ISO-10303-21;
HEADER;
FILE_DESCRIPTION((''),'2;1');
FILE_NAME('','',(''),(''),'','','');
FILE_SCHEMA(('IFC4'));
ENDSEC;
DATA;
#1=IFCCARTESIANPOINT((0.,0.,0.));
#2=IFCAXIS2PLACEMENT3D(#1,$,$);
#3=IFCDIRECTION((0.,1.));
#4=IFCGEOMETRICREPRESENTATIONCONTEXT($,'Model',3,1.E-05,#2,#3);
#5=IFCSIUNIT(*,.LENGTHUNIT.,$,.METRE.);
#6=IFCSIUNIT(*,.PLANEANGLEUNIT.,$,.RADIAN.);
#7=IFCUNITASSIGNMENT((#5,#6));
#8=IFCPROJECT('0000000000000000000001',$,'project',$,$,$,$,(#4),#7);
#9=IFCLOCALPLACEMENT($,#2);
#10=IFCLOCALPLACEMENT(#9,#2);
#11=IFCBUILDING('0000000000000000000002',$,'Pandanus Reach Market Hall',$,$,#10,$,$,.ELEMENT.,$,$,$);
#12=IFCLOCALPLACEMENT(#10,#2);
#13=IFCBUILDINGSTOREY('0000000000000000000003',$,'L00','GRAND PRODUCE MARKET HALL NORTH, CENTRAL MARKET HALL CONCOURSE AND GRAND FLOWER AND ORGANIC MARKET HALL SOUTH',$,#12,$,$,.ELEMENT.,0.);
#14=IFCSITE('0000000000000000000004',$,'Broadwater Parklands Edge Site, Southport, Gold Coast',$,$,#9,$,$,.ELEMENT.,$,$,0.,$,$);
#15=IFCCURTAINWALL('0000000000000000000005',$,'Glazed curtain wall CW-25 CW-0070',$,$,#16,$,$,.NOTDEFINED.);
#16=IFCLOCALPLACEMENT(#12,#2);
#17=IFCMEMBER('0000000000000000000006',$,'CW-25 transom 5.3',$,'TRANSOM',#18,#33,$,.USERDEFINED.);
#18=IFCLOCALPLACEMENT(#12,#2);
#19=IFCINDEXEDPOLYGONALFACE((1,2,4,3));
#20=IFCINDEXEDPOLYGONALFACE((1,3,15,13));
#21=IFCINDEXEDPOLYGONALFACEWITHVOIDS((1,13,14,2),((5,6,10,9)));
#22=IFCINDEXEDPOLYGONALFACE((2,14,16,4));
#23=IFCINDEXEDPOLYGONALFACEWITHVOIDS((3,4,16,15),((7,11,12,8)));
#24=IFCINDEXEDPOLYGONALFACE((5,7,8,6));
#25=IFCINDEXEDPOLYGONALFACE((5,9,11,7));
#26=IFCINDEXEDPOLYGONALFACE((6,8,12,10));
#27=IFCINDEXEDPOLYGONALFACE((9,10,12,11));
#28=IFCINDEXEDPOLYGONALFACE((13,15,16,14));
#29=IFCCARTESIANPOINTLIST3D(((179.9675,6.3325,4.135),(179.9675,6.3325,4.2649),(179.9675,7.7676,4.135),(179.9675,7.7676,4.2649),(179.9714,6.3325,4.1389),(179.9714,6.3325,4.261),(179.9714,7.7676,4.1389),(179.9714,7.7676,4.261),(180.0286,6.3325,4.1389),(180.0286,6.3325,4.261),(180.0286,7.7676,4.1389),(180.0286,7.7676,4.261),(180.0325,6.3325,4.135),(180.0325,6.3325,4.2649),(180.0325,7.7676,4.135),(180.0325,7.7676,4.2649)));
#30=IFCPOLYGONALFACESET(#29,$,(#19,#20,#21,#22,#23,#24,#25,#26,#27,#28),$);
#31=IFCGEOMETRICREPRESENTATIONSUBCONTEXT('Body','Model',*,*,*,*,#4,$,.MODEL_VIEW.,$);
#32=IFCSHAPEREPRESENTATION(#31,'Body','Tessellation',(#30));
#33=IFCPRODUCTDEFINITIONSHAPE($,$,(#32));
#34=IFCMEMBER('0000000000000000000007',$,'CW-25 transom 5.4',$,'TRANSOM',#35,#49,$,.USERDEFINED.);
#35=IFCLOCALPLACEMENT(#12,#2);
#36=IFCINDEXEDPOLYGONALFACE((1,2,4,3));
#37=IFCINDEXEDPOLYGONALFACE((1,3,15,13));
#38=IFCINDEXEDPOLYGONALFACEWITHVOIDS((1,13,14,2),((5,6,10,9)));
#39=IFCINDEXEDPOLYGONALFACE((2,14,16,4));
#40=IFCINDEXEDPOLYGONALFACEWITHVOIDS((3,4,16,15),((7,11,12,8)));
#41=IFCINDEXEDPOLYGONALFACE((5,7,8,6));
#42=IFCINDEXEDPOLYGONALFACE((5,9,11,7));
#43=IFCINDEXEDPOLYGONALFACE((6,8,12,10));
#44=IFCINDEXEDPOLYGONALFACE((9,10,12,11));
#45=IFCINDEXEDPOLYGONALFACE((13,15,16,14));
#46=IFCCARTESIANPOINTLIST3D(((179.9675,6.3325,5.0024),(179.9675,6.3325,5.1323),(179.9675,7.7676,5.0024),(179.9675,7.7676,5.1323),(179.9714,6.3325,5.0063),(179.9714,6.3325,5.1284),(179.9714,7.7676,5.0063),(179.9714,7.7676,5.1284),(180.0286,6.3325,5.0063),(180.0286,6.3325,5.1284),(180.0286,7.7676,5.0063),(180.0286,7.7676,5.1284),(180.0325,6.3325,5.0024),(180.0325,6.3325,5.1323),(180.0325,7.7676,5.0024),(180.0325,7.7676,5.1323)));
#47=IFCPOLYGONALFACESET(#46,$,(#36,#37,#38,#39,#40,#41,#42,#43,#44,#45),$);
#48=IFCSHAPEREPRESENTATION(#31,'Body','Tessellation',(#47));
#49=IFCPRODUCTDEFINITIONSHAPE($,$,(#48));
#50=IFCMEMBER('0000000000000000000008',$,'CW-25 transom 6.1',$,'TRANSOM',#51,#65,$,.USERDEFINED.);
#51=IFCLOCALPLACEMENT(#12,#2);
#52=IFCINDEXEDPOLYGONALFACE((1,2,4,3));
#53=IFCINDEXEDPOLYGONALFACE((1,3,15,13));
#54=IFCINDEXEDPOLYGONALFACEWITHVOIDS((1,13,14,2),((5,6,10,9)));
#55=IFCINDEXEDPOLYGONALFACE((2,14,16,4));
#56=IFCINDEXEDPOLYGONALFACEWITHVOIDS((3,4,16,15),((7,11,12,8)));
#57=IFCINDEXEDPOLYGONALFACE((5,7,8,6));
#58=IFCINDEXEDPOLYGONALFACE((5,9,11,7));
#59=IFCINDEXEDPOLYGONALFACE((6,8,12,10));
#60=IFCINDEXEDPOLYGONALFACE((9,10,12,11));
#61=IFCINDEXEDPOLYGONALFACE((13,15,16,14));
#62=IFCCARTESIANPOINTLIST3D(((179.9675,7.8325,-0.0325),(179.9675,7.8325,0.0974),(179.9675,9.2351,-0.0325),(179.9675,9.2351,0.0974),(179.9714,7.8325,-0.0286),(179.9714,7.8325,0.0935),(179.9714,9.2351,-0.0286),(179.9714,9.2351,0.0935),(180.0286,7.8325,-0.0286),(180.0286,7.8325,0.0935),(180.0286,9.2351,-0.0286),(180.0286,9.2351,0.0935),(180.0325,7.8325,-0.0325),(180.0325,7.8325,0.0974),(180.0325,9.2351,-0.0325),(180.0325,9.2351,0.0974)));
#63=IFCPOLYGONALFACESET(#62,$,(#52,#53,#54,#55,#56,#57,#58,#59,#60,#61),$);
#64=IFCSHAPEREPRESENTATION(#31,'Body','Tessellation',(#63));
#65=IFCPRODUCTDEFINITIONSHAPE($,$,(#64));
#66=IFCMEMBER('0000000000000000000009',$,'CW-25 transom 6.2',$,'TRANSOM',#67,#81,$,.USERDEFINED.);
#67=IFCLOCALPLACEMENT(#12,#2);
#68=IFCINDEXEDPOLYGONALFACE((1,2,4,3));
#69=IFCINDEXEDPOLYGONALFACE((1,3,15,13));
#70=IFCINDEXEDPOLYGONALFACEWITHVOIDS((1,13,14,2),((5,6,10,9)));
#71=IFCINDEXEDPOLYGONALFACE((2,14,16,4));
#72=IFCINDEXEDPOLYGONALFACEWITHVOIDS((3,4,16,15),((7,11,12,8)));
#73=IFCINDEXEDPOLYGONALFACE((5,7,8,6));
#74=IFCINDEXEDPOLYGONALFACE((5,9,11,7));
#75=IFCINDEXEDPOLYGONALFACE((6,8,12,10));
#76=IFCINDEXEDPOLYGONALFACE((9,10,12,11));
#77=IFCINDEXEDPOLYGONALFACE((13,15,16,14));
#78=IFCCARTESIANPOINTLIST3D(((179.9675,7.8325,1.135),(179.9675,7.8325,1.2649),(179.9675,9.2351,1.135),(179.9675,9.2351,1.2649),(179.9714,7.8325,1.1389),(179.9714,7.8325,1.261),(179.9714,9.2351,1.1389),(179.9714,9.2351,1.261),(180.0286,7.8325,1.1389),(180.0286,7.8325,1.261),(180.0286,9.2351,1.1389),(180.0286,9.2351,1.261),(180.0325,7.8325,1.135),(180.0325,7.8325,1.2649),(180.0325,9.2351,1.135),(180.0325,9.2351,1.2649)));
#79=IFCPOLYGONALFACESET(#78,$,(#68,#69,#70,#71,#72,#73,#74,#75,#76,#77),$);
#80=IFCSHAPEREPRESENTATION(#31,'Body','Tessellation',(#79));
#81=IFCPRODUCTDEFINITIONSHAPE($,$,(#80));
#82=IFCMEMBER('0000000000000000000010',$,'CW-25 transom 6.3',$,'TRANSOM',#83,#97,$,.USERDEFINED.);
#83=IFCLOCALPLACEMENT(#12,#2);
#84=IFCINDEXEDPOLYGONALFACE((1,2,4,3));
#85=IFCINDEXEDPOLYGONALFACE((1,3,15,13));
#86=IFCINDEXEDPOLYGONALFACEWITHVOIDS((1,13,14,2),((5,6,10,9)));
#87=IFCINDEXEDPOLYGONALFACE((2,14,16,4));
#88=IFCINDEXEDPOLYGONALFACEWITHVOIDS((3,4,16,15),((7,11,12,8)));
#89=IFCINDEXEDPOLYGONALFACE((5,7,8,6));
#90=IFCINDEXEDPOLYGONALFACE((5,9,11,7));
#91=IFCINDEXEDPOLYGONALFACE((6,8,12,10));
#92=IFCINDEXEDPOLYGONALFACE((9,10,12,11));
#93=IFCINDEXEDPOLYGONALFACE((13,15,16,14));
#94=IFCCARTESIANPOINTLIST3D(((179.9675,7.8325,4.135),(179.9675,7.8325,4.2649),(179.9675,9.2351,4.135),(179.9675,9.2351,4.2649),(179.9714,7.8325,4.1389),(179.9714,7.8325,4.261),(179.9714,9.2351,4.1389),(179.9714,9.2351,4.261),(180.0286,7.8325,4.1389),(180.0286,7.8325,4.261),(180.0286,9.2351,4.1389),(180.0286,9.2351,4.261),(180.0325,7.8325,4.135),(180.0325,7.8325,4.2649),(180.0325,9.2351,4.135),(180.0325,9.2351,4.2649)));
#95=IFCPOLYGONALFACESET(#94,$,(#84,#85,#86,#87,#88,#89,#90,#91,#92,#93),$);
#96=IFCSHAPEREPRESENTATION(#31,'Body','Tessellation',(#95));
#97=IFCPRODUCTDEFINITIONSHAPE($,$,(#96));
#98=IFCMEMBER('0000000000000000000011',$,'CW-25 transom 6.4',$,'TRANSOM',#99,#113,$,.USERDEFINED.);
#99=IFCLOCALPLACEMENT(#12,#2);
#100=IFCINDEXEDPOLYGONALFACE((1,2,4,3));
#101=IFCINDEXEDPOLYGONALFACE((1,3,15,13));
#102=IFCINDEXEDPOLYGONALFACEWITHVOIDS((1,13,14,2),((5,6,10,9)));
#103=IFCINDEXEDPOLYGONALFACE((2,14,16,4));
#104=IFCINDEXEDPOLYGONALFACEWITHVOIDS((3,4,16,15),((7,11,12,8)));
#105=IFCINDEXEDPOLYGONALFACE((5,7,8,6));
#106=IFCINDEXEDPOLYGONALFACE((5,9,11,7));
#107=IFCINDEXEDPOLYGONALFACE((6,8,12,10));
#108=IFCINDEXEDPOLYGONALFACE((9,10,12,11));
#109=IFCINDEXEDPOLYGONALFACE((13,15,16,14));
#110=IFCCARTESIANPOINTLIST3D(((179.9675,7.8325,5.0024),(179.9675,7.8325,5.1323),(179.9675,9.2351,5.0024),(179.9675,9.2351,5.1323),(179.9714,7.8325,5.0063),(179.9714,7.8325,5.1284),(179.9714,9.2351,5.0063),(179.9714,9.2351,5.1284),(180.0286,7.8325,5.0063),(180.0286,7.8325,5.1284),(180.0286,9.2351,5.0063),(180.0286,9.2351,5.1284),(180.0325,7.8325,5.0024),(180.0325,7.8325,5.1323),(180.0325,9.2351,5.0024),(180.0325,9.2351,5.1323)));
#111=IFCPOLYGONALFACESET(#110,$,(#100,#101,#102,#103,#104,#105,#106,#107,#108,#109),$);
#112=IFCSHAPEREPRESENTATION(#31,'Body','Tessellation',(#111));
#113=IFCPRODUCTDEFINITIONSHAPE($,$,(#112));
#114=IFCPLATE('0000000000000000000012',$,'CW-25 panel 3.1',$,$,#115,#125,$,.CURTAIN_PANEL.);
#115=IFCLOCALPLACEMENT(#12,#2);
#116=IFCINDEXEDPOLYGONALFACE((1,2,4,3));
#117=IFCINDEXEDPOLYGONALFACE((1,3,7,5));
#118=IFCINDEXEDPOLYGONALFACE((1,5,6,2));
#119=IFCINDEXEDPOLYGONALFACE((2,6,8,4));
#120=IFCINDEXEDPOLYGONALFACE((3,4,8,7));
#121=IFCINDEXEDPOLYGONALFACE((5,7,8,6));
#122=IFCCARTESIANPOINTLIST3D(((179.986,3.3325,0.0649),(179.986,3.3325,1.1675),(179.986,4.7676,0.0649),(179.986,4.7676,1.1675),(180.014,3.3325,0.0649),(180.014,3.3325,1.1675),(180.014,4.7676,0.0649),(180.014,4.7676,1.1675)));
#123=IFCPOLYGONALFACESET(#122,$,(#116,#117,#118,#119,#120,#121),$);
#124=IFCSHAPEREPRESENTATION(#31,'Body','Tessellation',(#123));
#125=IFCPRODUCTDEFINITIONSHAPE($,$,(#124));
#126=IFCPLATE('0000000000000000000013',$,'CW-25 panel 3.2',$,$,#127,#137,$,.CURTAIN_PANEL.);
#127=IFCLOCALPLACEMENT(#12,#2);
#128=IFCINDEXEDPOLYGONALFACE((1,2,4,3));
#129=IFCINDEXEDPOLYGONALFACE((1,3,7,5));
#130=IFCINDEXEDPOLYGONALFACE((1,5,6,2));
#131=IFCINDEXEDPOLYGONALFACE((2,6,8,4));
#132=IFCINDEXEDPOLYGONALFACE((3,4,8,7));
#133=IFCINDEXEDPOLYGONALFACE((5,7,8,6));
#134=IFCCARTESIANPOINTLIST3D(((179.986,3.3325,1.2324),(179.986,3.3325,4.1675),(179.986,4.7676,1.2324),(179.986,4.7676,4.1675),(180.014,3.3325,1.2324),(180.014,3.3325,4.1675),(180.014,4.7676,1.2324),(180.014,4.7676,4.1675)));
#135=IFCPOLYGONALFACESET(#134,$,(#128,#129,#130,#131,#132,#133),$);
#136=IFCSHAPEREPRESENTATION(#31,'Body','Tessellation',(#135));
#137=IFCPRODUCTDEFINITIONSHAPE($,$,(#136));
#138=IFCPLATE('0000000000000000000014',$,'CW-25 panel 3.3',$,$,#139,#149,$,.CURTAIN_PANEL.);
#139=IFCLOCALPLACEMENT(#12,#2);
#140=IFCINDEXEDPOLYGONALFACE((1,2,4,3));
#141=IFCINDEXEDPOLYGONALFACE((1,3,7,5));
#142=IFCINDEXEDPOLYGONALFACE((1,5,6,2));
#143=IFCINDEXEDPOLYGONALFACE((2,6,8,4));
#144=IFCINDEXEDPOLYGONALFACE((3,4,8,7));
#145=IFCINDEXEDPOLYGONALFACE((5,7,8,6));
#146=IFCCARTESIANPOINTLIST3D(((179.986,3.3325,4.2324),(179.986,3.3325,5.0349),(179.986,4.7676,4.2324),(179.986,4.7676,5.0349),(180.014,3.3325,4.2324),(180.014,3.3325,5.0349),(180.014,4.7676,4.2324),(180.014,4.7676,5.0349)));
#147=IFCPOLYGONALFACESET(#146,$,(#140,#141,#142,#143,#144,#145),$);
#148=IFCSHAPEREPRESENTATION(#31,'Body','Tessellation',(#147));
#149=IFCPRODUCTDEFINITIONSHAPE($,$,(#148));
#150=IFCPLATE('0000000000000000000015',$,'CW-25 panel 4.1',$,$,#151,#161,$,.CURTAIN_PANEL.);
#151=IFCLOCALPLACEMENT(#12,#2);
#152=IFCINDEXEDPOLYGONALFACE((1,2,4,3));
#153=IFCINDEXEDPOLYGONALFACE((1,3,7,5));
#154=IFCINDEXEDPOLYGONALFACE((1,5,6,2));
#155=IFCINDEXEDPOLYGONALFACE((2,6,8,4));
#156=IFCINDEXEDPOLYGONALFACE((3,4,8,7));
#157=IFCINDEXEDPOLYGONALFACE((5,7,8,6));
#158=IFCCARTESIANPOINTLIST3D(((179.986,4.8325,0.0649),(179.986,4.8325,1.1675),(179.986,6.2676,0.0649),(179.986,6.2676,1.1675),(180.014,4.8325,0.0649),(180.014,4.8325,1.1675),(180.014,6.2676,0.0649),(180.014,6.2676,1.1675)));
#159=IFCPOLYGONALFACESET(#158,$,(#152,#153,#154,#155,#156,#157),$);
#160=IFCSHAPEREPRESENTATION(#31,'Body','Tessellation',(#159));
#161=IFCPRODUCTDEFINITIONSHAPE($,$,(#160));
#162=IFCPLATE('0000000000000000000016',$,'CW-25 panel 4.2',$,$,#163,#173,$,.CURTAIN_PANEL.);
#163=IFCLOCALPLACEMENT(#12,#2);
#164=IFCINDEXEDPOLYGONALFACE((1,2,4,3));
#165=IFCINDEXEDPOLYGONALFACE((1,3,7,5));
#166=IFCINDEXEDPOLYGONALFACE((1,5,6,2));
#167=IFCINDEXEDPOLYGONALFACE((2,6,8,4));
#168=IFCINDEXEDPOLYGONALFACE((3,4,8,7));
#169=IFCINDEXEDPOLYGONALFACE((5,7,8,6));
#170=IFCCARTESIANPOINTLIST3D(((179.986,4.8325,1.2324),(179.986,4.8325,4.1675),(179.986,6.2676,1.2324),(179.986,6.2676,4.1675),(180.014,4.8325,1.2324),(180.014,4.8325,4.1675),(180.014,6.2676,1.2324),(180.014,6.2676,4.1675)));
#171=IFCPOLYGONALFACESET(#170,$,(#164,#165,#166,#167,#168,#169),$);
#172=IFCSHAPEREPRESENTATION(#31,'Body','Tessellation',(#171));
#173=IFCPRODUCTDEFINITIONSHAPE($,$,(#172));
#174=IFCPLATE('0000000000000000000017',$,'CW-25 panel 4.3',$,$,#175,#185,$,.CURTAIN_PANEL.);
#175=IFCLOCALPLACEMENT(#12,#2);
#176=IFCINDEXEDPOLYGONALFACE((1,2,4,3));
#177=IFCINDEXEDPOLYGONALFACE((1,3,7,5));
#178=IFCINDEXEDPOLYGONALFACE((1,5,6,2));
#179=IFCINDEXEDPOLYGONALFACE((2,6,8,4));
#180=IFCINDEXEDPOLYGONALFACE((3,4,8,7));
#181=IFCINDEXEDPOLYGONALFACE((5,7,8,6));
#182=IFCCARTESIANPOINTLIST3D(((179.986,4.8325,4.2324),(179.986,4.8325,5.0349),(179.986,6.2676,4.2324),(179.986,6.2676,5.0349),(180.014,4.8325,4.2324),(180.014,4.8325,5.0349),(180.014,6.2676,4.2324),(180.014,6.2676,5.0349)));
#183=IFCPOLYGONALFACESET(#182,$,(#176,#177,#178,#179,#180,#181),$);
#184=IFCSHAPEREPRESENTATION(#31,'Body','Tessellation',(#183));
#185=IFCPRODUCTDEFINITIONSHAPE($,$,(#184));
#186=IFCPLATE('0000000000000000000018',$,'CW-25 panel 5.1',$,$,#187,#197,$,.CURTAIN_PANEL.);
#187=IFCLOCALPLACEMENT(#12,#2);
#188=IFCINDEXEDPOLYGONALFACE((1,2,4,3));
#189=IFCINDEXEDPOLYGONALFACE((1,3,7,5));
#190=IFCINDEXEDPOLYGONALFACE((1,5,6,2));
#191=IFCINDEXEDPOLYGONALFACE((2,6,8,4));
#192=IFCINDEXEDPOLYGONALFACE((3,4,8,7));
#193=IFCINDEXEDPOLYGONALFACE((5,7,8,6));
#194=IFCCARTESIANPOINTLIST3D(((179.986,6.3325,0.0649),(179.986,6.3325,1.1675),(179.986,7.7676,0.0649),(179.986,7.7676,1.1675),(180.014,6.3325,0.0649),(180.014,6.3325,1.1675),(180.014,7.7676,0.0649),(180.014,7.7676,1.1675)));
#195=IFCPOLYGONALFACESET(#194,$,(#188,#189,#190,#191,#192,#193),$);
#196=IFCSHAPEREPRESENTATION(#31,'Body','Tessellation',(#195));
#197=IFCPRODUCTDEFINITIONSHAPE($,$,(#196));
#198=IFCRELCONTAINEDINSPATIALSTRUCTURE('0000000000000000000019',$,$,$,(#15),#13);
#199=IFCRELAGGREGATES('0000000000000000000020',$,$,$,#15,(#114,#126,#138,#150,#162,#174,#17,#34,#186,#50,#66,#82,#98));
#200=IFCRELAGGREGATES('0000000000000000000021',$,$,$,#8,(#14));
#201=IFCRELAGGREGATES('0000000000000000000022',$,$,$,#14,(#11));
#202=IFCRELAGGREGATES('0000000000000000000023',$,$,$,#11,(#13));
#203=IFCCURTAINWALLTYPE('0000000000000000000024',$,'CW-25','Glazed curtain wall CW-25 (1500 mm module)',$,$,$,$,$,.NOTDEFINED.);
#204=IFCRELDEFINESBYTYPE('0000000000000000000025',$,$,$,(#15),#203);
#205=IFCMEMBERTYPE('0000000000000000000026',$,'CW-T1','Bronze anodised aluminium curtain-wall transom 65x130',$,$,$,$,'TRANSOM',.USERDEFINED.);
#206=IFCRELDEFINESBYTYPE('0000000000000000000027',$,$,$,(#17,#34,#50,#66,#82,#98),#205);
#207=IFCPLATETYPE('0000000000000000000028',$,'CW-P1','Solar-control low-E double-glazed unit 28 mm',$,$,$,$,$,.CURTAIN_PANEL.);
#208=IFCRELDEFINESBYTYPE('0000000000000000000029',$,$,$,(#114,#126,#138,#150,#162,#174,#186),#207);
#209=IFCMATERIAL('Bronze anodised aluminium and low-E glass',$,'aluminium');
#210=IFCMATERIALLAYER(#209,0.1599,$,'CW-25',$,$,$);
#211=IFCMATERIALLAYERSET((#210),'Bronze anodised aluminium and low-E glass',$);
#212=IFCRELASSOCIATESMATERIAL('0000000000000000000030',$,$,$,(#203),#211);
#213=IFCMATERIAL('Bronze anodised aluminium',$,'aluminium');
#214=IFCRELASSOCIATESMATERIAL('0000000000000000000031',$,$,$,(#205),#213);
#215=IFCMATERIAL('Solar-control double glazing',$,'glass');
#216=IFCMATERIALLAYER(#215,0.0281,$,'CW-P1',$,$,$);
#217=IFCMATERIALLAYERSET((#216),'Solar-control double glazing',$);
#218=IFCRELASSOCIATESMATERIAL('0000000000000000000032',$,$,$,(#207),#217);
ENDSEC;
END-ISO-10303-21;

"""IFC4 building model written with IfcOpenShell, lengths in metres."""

from ifc_helpers import new_model, si_unit, direction, frame, origin, origin_2d, place, context, subcontext, project, spatial, rectangle, hollow_rectangle, extrude, material, layer, layer_set, material_profile, profile_set, type_object, element, aggregate, save


model = new_model("IFC4")

# Units and contexts
model_context = context("Model", 3, precision=1e-05, world=origin(), true_north=direction((0.0, 1.0)))
body_context = subcontext(model_context, "Body", "Model", "MODEL_VIEW")
ifc_project = project(units=[si_unit("LENGTHUNIT", "METRE"), si_unit("PLANEANGLEUNIT", "RADIAN")], contexts=[model_context])

# Site, building, storey
site_placement = place(None, origin())
site = spatial("IfcSite", under=ifc_project, at=site_placement, Name="Broadwater Parklands Edge Site, Southport, Gold Coast", CompositionType="ELEMENT", RefElevation=0.0)
building_placement = place(site_placement, origin())
building = spatial("IfcBuilding", under=site, at=building_placement, Name="Pandanus Reach Market Hall", CompositionType="ELEMENT")
storey_placement = place(building_placement, origin())
storey = spatial("IfcBuildingStorey", under=building, at=storey_placement, Name="L00", Description="GRAND PRODUCE MARKET HALL NORTH, CENTRAL MARKET HALL CONCOURSE AND GRAND FLOWER AND ORGANIC MARKET HALL SOUTH", CompositionType="ELEMENT", Elevation=0.0)

# Curtain wall, members, plates
ifc_material_1 = material(Name="Bronze anodised aluminium and low-E glass", Category="aluminium")
ifc_layer_1 = layer(ifc_material_1, 0.1599, Name="CW-25")
ifc_layer_set_1 = layer_set([ifc_layer_1], Name="Bronze anodised aluminium and low-E glass")
curtain_wall_type = type_object("IfcCurtainWallType", Name="CW-25", Description="Glazed curtain wall CW-25 (1500 mm module)", PredefinedType="NOTDEFINED", material=ifc_layer_set_1)
curtain_wall_placement = place(storey_placement, origin())
curtain_wall = element("IfcCurtainWall", 1, at=curtain_wall_placement, inside=storey, type_object=curtain_wall_type, Name="Glazed curtain wall CW-25 CW-0070", PredefinedType="NOTDEFINED")
ifc_material_2 = material(Name="Bronze anodised aluminium", Category="aluminium")
ifc_material_profile_1 = material_profile(ifc_material_2, hollow_rectangle(XDim=0.0649, YDim=0.1299, WallThickness=0.0039, at=origin_2d()), Name="ALU65x130", Category="LoadBearing")
ifc_profile_set_1 = profile_set([ifc_material_profile_1], Name="Bronze anodised aluminium")
member_type_1 = type_object("IfcMemberType", Name="CW-T1", Description="Bronze anodised aluminium curtain-wall transom 65x130", ElementType="TRANSOM", PredefinedType="USERDEFINED", material=ifc_profile_set_1)
member_1_placement = place(storey_placement, frame((180.0, 6.3325, 4.2), z_axis=(0.0, 1.0, 0.0), x_axis=(-1.0, 0.0, 0.0)))
member_1 = element("IfcMember", 2, at=member_1_placement, type_object=member_type_1, Name="CW-25 transom 5.3", ObjectType="TRANSOM", PredefinedType="USERDEFINED", context=body_context, shape_type="SweptSolid", body=[
    extrude(hollow_rectangle(XDim=0.0649, YDim=0.1299, WallThickness=0.0039, at=origin_2d()), origin(), (0.0, 0.0, 1.0), 1.4351),
])
member_2_placement = place(storey_placement, frame((180.0, 6.3325, 5.0674), z_axis=(0.0, 1.0, 0.0), x_axis=(-1.0, 0.0, 0.0)))
member_2 = element("IfcMember", 3, at=member_2_placement, type_object=member_type_1, Name="CW-25 transom 5.4", ObjectType="TRANSOM", PredefinedType="USERDEFINED", context=body_context, shape_type="SweptSolid", body=[
    extrude(hollow_rectangle(XDim=0.0649, YDim=0.1299, WallThickness=0.0039, at=origin_2d()), origin(), (0.0, 0.0, 1.0), 1.4351),
])
member_3_placement = place(storey_placement, frame((180.0, 7.8325, 0.0325), z_axis=(0.0, 1.0, 0.0), x_axis=(-1.0, 0.0, 0.0)))
member_3 = element("IfcMember", 4, at=member_3_placement, type_object=member_type_1, Name="CW-25 transom 6.1", ObjectType="TRANSOM", PredefinedType="USERDEFINED", context=body_context, shape_type="SweptSolid", body=[
    extrude(hollow_rectangle(XDim=0.0649, YDim=0.1299, WallThickness=0.0039, at=origin_2d()), origin(), (0.0, 0.0, 1.0), 1.4026),
])
member_4_placement = place(storey_placement, frame((180.0, 7.8325, 1.2), z_axis=(0.0, 1.0, 0.0), x_axis=(-1.0, 0.0, 0.0)))
member_4 = element("IfcMember", 5, at=member_4_placement, type_object=member_type_1, Name="CW-25 transom 6.2", ObjectType="TRANSOM", PredefinedType="USERDEFINED", context=body_context, shape_type="SweptSolid", body=[
    extrude(hollow_rectangle(XDim=0.0649, YDim=0.1299, WallThickness=0.0039, at=origin_2d()), origin(), (0.0, 0.0, 1.0), 1.4026),
])
member_5_placement = place(storey_placement, frame((180.0, 7.8325, 4.2), z_axis=(0.0, 1.0, 0.0), x_axis=(-1.0, 0.0, 0.0)))
member_5 = element("IfcMember", 6, at=member_5_placement, type_object=member_type_1, Name="CW-25 transom 6.3", ObjectType="TRANSOM", PredefinedType="USERDEFINED", context=body_context, shape_type="SweptSolid", body=[
    extrude(hollow_rectangle(XDim=0.0649, YDim=0.1299, WallThickness=0.0039, at=origin_2d()), origin(), (0.0, 0.0, 1.0), 1.4026),
])
member_6_placement = place(storey_placement, frame((180.0, 7.8325, 5.0674), z_axis=(0.0, 1.0, 0.0), x_axis=(-1.0, 0.0, 0.0)))
member_6 = element("IfcMember", 7, at=member_6_placement, type_object=member_type_1, Name="CW-25 transom 6.4", ObjectType="TRANSOM", PredefinedType="USERDEFINED", context=body_context, shape_type="SweptSolid", body=[
    extrude(hollow_rectangle(XDim=0.0649, YDim=0.1299, WallThickness=0.0039, at=origin_2d()), origin(), (0.0, 0.0, 1.0), 1.4026),
])
ifc_material_3 = material(Name="Solar-control double glazing", Category="glass")
ifc_layer_2 = layer(ifc_material_3, 0.0281, Name="CW-P1")
ifc_layer_set_2 = layer_set([ifc_layer_2], Name="Solar-control double glazing")
plate_type = type_object("IfcPlateType", Name="CW-P1", Description="Solar-control low-E double-glazed unit 28 mm", PredefinedType="CURTAIN_PANEL", material=ifc_layer_set_2)
plate_1_placement = place(storey_placement, frame((180.0, 4.05, 0.0649), z_axis=(0.0, 0.0, 1.0), x_axis=(0.0, 1.0, 0.0)))
plate_1 = element("IfcPlate", 8, at=plate_1_placement, type_object=plate_type, Name="CW-25 panel 3.1", PredefinedType="CURTAIN_PANEL", context=body_context, shape_type="SweptSolid", body=[
    extrude(rectangle(XDim=1.4351, YDim=0.0281, at=origin_2d()), origin(), (0.0, 0.0, 1.0), 1.1025),
])
plate_2_placement = place(storey_placement, frame((180.0, 4.05, 1.2324), z_axis=(0.0, 0.0, 1.0), x_axis=(0.0, 1.0, 0.0)))
plate_2 = element("IfcPlate", 9, at=plate_2_placement, type_object=plate_type, Name="CW-25 panel 3.2", PredefinedType="CURTAIN_PANEL", context=body_context, shape_type="SweptSolid", body=[
    extrude(rectangle(XDim=1.4351, YDim=0.0281, at=origin_2d()), origin(), (0.0, 0.0, 1.0), 2.9351),
])
plate_3_placement = place(storey_placement, frame((180.0, 4.05, 4.2324), z_axis=(0.0, 0.0, 1.0), x_axis=(0.0, 1.0, 0.0)))
plate_3 = element("IfcPlate", 10, at=plate_3_placement, type_object=plate_type, Name="CW-25 panel 3.3", PredefinedType="CURTAIN_PANEL", context=body_context, shape_type="SweptSolid", body=[
    extrude(rectangle(XDim=1.4351, YDim=0.0281, at=origin_2d()), origin(), (0.0, 0.0, 1.0), 0.8025),
])
plate_4_placement = place(storey_placement, frame((180.0, 5.55, 0.0649), z_axis=(0.0, 0.0, 1.0), x_axis=(0.0, 1.0, 0.0)))
plate_4 = element("IfcPlate", 11, at=plate_4_placement, type_object=plate_type, Name="CW-25 panel 4.1", PredefinedType="CURTAIN_PANEL", context=body_context, shape_type="SweptSolid", body=[
    extrude(rectangle(XDim=1.4351, YDim=0.0281, at=origin_2d()), origin(), (0.0, 0.0, 1.0), 1.1025),
])
plate_5_placement = place(storey_placement, frame((180.0, 5.55, 1.2324), z_axis=(0.0, 0.0, 1.0), x_axis=(0.0, 1.0, 0.0)))
plate_5 = element("IfcPlate", 12, at=plate_5_placement, type_object=plate_type, Name="CW-25 panel 4.2", PredefinedType="CURTAIN_PANEL", context=body_context, shape_type="SweptSolid", body=[
    extrude(rectangle(XDim=1.4351, YDim=0.0281, at=origin_2d()), origin(), (0.0, 0.0, 1.0), 2.9351),
])
plate_6_placement = place(storey_placement, frame((180.0, 5.55, 4.2324), z_axis=(0.0, 0.0, 1.0), x_axis=(0.0, 1.0, 0.0)))
plate_6 = element("IfcPlate", 13, at=plate_6_placement, type_object=plate_type, Name="CW-25 panel 4.3", PredefinedType="CURTAIN_PANEL", context=body_context, shape_type="SweptSolid", body=[
    extrude(rectangle(XDim=1.4351, YDim=0.0281, at=origin_2d()), origin(), (0.0, 0.0, 1.0), 0.8025),
])
plate_7_placement = place(storey_placement, frame((180.0, 7.05, 0.0649), z_axis=(0.0, 0.0, 1.0), x_axis=(0.0, 1.0, 0.0)))
plate_7 = element("IfcPlate", 14, at=plate_7_placement, type_object=plate_type, Name="CW-25 panel 5.1", PredefinedType="CURTAIN_PANEL", context=body_context, shape_type="SweptSolid", body=[
    extrude(rectangle(XDim=1.4351, YDim=0.0281, at=origin_2d()), origin(), (0.0, 0.0, 1.0), 1.1025),
])
aggregate(curtain_wall, [plate_1, plate_2, plate_3, plate_4, plate_5, plate_6, member_1, member_2, plate_7, member_3, member_4, member_5, member_6])

save(model, "model.ifc")
